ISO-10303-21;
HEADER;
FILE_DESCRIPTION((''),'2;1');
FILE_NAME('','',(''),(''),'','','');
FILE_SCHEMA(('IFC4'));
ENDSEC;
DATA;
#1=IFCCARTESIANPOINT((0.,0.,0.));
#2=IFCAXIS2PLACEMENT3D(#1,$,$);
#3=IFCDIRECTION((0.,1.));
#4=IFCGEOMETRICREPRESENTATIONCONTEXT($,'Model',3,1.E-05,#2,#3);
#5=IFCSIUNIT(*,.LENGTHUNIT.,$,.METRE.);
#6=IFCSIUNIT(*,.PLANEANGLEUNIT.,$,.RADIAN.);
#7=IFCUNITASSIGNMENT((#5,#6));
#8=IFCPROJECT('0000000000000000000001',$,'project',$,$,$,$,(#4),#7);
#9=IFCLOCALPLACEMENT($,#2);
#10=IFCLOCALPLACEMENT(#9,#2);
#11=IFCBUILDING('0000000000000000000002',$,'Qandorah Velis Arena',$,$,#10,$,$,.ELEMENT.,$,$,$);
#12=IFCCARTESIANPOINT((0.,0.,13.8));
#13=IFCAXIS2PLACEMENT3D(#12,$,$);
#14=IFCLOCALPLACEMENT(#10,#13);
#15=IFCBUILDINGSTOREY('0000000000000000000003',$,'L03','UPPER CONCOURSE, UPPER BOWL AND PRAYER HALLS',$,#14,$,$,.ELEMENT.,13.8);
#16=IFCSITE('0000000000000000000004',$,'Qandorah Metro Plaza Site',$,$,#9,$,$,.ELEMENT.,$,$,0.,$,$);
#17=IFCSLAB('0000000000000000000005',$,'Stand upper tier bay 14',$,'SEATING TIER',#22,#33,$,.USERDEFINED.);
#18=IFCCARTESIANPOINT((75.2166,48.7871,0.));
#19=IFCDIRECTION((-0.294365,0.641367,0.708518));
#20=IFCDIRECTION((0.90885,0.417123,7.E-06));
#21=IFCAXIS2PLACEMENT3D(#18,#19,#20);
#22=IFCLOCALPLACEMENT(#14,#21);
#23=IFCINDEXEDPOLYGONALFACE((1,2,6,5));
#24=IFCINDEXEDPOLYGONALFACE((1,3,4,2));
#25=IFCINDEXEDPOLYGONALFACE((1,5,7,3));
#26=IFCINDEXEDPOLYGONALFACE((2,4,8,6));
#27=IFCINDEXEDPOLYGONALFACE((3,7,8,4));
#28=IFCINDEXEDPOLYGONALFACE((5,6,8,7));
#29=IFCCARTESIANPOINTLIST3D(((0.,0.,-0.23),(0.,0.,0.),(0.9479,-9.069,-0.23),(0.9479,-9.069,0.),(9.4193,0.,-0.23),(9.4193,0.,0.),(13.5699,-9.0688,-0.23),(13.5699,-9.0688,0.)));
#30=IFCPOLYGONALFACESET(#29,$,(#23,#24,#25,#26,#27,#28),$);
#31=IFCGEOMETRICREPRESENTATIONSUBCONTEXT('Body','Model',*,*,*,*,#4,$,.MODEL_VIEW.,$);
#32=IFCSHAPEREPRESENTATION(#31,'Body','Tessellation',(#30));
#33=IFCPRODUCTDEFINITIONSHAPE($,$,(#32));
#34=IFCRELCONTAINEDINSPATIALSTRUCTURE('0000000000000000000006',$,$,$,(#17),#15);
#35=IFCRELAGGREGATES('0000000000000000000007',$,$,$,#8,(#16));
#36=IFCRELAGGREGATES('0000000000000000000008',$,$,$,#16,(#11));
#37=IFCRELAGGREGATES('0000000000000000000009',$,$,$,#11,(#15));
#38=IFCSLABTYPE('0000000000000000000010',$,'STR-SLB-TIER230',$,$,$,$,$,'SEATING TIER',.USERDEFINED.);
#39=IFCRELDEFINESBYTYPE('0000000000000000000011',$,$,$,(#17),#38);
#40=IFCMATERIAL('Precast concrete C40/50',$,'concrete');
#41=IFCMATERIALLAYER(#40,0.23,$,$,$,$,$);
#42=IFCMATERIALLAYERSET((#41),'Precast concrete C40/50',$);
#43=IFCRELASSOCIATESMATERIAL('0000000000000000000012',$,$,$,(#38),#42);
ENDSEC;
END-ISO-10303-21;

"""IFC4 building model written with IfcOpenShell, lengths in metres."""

from ifc_helpers import new_model, si_unit, direction, frame, origin, place, context, subcontext, project, spatial, polyline, outline, extrude, material, layer, layer_set, type_object, element, save


model = new_model("IFC4")

# Units and contexts
model_context = context("Model", 3, precision=1e-05, world=origin(), true_north=direction((0.0, 1.0)))
body_context = subcontext(model_context, "Body", "Model", "MODEL_VIEW")
ifc_project = project(units=[si_unit("LENGTHUNIT", "METRE"), si_unit("PLANEANGLEUNIT", "RADIAN")], contexts=[model_context])

# Site, building, storey
site_placement = place(None, origin())
site = spatial("IfcSite", under=ifc_project, at=site_placement, Name="Qandorah Metro Plaza Site", CompositionType="ELEMENT", RefElevation=0.0)
building_placement = place(site_placement, origin())
building = spatial("IfcBuilding", under=site, at=building_placement, Name="Qandorah Velis Arena", CompositionType="ELEMENT")
storey_placement = place(building_placement, frame((0.0, 0.0, 13.8)))
storey = spatial("IfcBuildingStorey", under=building, at=storey_placement, Name="L03", Description="UPPER CONCOURSE, UPPER BOWL AND PRAYER HALLS", CompositionType="ELEMENT", Elevation=13.8)

# Slab
ifc_material_1 = material(Name="Precast concrete C40/50", Category="concrete")
ifc_layer = layer(ifc_material_1, 0.23)
ifc_layer_set = layer_set([ifc_layer], Name="Precast concrete C40/50")
slab_type = type_object("IfcSlabType", Name="STR-SLB-TIER230", ElementType="SEATING TIER", PredefinedType="USERDEFINED", material=ifc_layer_set)
slab_1_placement = place(storey_placement, frame((75.2166, 48.7871, 0.0), z_axis=(-0.294365, 0.641367, 0.708518), x_axis=(0.90885, 0.417123, 0.000007)))
element("IfcSlab", 1, at=slab_1_placement, inside=storey, type_object=slab_type, Name="Stand upper tier bay 14", ObjectType="SEATING TIER", PredefinedType="USERDEFINED", context=body_context, shape_type="SweptSolid", body=[
    extrude(outline(polyline([(0.0, 0.0), (9.4193, 0.0), (13.5699, -9.0688), (0.9479, -9.069), (0.0, 0.0)])), origin(), (0.0, 0.0, -1.0), 0.23),
])

save(model, "model.ifc")
